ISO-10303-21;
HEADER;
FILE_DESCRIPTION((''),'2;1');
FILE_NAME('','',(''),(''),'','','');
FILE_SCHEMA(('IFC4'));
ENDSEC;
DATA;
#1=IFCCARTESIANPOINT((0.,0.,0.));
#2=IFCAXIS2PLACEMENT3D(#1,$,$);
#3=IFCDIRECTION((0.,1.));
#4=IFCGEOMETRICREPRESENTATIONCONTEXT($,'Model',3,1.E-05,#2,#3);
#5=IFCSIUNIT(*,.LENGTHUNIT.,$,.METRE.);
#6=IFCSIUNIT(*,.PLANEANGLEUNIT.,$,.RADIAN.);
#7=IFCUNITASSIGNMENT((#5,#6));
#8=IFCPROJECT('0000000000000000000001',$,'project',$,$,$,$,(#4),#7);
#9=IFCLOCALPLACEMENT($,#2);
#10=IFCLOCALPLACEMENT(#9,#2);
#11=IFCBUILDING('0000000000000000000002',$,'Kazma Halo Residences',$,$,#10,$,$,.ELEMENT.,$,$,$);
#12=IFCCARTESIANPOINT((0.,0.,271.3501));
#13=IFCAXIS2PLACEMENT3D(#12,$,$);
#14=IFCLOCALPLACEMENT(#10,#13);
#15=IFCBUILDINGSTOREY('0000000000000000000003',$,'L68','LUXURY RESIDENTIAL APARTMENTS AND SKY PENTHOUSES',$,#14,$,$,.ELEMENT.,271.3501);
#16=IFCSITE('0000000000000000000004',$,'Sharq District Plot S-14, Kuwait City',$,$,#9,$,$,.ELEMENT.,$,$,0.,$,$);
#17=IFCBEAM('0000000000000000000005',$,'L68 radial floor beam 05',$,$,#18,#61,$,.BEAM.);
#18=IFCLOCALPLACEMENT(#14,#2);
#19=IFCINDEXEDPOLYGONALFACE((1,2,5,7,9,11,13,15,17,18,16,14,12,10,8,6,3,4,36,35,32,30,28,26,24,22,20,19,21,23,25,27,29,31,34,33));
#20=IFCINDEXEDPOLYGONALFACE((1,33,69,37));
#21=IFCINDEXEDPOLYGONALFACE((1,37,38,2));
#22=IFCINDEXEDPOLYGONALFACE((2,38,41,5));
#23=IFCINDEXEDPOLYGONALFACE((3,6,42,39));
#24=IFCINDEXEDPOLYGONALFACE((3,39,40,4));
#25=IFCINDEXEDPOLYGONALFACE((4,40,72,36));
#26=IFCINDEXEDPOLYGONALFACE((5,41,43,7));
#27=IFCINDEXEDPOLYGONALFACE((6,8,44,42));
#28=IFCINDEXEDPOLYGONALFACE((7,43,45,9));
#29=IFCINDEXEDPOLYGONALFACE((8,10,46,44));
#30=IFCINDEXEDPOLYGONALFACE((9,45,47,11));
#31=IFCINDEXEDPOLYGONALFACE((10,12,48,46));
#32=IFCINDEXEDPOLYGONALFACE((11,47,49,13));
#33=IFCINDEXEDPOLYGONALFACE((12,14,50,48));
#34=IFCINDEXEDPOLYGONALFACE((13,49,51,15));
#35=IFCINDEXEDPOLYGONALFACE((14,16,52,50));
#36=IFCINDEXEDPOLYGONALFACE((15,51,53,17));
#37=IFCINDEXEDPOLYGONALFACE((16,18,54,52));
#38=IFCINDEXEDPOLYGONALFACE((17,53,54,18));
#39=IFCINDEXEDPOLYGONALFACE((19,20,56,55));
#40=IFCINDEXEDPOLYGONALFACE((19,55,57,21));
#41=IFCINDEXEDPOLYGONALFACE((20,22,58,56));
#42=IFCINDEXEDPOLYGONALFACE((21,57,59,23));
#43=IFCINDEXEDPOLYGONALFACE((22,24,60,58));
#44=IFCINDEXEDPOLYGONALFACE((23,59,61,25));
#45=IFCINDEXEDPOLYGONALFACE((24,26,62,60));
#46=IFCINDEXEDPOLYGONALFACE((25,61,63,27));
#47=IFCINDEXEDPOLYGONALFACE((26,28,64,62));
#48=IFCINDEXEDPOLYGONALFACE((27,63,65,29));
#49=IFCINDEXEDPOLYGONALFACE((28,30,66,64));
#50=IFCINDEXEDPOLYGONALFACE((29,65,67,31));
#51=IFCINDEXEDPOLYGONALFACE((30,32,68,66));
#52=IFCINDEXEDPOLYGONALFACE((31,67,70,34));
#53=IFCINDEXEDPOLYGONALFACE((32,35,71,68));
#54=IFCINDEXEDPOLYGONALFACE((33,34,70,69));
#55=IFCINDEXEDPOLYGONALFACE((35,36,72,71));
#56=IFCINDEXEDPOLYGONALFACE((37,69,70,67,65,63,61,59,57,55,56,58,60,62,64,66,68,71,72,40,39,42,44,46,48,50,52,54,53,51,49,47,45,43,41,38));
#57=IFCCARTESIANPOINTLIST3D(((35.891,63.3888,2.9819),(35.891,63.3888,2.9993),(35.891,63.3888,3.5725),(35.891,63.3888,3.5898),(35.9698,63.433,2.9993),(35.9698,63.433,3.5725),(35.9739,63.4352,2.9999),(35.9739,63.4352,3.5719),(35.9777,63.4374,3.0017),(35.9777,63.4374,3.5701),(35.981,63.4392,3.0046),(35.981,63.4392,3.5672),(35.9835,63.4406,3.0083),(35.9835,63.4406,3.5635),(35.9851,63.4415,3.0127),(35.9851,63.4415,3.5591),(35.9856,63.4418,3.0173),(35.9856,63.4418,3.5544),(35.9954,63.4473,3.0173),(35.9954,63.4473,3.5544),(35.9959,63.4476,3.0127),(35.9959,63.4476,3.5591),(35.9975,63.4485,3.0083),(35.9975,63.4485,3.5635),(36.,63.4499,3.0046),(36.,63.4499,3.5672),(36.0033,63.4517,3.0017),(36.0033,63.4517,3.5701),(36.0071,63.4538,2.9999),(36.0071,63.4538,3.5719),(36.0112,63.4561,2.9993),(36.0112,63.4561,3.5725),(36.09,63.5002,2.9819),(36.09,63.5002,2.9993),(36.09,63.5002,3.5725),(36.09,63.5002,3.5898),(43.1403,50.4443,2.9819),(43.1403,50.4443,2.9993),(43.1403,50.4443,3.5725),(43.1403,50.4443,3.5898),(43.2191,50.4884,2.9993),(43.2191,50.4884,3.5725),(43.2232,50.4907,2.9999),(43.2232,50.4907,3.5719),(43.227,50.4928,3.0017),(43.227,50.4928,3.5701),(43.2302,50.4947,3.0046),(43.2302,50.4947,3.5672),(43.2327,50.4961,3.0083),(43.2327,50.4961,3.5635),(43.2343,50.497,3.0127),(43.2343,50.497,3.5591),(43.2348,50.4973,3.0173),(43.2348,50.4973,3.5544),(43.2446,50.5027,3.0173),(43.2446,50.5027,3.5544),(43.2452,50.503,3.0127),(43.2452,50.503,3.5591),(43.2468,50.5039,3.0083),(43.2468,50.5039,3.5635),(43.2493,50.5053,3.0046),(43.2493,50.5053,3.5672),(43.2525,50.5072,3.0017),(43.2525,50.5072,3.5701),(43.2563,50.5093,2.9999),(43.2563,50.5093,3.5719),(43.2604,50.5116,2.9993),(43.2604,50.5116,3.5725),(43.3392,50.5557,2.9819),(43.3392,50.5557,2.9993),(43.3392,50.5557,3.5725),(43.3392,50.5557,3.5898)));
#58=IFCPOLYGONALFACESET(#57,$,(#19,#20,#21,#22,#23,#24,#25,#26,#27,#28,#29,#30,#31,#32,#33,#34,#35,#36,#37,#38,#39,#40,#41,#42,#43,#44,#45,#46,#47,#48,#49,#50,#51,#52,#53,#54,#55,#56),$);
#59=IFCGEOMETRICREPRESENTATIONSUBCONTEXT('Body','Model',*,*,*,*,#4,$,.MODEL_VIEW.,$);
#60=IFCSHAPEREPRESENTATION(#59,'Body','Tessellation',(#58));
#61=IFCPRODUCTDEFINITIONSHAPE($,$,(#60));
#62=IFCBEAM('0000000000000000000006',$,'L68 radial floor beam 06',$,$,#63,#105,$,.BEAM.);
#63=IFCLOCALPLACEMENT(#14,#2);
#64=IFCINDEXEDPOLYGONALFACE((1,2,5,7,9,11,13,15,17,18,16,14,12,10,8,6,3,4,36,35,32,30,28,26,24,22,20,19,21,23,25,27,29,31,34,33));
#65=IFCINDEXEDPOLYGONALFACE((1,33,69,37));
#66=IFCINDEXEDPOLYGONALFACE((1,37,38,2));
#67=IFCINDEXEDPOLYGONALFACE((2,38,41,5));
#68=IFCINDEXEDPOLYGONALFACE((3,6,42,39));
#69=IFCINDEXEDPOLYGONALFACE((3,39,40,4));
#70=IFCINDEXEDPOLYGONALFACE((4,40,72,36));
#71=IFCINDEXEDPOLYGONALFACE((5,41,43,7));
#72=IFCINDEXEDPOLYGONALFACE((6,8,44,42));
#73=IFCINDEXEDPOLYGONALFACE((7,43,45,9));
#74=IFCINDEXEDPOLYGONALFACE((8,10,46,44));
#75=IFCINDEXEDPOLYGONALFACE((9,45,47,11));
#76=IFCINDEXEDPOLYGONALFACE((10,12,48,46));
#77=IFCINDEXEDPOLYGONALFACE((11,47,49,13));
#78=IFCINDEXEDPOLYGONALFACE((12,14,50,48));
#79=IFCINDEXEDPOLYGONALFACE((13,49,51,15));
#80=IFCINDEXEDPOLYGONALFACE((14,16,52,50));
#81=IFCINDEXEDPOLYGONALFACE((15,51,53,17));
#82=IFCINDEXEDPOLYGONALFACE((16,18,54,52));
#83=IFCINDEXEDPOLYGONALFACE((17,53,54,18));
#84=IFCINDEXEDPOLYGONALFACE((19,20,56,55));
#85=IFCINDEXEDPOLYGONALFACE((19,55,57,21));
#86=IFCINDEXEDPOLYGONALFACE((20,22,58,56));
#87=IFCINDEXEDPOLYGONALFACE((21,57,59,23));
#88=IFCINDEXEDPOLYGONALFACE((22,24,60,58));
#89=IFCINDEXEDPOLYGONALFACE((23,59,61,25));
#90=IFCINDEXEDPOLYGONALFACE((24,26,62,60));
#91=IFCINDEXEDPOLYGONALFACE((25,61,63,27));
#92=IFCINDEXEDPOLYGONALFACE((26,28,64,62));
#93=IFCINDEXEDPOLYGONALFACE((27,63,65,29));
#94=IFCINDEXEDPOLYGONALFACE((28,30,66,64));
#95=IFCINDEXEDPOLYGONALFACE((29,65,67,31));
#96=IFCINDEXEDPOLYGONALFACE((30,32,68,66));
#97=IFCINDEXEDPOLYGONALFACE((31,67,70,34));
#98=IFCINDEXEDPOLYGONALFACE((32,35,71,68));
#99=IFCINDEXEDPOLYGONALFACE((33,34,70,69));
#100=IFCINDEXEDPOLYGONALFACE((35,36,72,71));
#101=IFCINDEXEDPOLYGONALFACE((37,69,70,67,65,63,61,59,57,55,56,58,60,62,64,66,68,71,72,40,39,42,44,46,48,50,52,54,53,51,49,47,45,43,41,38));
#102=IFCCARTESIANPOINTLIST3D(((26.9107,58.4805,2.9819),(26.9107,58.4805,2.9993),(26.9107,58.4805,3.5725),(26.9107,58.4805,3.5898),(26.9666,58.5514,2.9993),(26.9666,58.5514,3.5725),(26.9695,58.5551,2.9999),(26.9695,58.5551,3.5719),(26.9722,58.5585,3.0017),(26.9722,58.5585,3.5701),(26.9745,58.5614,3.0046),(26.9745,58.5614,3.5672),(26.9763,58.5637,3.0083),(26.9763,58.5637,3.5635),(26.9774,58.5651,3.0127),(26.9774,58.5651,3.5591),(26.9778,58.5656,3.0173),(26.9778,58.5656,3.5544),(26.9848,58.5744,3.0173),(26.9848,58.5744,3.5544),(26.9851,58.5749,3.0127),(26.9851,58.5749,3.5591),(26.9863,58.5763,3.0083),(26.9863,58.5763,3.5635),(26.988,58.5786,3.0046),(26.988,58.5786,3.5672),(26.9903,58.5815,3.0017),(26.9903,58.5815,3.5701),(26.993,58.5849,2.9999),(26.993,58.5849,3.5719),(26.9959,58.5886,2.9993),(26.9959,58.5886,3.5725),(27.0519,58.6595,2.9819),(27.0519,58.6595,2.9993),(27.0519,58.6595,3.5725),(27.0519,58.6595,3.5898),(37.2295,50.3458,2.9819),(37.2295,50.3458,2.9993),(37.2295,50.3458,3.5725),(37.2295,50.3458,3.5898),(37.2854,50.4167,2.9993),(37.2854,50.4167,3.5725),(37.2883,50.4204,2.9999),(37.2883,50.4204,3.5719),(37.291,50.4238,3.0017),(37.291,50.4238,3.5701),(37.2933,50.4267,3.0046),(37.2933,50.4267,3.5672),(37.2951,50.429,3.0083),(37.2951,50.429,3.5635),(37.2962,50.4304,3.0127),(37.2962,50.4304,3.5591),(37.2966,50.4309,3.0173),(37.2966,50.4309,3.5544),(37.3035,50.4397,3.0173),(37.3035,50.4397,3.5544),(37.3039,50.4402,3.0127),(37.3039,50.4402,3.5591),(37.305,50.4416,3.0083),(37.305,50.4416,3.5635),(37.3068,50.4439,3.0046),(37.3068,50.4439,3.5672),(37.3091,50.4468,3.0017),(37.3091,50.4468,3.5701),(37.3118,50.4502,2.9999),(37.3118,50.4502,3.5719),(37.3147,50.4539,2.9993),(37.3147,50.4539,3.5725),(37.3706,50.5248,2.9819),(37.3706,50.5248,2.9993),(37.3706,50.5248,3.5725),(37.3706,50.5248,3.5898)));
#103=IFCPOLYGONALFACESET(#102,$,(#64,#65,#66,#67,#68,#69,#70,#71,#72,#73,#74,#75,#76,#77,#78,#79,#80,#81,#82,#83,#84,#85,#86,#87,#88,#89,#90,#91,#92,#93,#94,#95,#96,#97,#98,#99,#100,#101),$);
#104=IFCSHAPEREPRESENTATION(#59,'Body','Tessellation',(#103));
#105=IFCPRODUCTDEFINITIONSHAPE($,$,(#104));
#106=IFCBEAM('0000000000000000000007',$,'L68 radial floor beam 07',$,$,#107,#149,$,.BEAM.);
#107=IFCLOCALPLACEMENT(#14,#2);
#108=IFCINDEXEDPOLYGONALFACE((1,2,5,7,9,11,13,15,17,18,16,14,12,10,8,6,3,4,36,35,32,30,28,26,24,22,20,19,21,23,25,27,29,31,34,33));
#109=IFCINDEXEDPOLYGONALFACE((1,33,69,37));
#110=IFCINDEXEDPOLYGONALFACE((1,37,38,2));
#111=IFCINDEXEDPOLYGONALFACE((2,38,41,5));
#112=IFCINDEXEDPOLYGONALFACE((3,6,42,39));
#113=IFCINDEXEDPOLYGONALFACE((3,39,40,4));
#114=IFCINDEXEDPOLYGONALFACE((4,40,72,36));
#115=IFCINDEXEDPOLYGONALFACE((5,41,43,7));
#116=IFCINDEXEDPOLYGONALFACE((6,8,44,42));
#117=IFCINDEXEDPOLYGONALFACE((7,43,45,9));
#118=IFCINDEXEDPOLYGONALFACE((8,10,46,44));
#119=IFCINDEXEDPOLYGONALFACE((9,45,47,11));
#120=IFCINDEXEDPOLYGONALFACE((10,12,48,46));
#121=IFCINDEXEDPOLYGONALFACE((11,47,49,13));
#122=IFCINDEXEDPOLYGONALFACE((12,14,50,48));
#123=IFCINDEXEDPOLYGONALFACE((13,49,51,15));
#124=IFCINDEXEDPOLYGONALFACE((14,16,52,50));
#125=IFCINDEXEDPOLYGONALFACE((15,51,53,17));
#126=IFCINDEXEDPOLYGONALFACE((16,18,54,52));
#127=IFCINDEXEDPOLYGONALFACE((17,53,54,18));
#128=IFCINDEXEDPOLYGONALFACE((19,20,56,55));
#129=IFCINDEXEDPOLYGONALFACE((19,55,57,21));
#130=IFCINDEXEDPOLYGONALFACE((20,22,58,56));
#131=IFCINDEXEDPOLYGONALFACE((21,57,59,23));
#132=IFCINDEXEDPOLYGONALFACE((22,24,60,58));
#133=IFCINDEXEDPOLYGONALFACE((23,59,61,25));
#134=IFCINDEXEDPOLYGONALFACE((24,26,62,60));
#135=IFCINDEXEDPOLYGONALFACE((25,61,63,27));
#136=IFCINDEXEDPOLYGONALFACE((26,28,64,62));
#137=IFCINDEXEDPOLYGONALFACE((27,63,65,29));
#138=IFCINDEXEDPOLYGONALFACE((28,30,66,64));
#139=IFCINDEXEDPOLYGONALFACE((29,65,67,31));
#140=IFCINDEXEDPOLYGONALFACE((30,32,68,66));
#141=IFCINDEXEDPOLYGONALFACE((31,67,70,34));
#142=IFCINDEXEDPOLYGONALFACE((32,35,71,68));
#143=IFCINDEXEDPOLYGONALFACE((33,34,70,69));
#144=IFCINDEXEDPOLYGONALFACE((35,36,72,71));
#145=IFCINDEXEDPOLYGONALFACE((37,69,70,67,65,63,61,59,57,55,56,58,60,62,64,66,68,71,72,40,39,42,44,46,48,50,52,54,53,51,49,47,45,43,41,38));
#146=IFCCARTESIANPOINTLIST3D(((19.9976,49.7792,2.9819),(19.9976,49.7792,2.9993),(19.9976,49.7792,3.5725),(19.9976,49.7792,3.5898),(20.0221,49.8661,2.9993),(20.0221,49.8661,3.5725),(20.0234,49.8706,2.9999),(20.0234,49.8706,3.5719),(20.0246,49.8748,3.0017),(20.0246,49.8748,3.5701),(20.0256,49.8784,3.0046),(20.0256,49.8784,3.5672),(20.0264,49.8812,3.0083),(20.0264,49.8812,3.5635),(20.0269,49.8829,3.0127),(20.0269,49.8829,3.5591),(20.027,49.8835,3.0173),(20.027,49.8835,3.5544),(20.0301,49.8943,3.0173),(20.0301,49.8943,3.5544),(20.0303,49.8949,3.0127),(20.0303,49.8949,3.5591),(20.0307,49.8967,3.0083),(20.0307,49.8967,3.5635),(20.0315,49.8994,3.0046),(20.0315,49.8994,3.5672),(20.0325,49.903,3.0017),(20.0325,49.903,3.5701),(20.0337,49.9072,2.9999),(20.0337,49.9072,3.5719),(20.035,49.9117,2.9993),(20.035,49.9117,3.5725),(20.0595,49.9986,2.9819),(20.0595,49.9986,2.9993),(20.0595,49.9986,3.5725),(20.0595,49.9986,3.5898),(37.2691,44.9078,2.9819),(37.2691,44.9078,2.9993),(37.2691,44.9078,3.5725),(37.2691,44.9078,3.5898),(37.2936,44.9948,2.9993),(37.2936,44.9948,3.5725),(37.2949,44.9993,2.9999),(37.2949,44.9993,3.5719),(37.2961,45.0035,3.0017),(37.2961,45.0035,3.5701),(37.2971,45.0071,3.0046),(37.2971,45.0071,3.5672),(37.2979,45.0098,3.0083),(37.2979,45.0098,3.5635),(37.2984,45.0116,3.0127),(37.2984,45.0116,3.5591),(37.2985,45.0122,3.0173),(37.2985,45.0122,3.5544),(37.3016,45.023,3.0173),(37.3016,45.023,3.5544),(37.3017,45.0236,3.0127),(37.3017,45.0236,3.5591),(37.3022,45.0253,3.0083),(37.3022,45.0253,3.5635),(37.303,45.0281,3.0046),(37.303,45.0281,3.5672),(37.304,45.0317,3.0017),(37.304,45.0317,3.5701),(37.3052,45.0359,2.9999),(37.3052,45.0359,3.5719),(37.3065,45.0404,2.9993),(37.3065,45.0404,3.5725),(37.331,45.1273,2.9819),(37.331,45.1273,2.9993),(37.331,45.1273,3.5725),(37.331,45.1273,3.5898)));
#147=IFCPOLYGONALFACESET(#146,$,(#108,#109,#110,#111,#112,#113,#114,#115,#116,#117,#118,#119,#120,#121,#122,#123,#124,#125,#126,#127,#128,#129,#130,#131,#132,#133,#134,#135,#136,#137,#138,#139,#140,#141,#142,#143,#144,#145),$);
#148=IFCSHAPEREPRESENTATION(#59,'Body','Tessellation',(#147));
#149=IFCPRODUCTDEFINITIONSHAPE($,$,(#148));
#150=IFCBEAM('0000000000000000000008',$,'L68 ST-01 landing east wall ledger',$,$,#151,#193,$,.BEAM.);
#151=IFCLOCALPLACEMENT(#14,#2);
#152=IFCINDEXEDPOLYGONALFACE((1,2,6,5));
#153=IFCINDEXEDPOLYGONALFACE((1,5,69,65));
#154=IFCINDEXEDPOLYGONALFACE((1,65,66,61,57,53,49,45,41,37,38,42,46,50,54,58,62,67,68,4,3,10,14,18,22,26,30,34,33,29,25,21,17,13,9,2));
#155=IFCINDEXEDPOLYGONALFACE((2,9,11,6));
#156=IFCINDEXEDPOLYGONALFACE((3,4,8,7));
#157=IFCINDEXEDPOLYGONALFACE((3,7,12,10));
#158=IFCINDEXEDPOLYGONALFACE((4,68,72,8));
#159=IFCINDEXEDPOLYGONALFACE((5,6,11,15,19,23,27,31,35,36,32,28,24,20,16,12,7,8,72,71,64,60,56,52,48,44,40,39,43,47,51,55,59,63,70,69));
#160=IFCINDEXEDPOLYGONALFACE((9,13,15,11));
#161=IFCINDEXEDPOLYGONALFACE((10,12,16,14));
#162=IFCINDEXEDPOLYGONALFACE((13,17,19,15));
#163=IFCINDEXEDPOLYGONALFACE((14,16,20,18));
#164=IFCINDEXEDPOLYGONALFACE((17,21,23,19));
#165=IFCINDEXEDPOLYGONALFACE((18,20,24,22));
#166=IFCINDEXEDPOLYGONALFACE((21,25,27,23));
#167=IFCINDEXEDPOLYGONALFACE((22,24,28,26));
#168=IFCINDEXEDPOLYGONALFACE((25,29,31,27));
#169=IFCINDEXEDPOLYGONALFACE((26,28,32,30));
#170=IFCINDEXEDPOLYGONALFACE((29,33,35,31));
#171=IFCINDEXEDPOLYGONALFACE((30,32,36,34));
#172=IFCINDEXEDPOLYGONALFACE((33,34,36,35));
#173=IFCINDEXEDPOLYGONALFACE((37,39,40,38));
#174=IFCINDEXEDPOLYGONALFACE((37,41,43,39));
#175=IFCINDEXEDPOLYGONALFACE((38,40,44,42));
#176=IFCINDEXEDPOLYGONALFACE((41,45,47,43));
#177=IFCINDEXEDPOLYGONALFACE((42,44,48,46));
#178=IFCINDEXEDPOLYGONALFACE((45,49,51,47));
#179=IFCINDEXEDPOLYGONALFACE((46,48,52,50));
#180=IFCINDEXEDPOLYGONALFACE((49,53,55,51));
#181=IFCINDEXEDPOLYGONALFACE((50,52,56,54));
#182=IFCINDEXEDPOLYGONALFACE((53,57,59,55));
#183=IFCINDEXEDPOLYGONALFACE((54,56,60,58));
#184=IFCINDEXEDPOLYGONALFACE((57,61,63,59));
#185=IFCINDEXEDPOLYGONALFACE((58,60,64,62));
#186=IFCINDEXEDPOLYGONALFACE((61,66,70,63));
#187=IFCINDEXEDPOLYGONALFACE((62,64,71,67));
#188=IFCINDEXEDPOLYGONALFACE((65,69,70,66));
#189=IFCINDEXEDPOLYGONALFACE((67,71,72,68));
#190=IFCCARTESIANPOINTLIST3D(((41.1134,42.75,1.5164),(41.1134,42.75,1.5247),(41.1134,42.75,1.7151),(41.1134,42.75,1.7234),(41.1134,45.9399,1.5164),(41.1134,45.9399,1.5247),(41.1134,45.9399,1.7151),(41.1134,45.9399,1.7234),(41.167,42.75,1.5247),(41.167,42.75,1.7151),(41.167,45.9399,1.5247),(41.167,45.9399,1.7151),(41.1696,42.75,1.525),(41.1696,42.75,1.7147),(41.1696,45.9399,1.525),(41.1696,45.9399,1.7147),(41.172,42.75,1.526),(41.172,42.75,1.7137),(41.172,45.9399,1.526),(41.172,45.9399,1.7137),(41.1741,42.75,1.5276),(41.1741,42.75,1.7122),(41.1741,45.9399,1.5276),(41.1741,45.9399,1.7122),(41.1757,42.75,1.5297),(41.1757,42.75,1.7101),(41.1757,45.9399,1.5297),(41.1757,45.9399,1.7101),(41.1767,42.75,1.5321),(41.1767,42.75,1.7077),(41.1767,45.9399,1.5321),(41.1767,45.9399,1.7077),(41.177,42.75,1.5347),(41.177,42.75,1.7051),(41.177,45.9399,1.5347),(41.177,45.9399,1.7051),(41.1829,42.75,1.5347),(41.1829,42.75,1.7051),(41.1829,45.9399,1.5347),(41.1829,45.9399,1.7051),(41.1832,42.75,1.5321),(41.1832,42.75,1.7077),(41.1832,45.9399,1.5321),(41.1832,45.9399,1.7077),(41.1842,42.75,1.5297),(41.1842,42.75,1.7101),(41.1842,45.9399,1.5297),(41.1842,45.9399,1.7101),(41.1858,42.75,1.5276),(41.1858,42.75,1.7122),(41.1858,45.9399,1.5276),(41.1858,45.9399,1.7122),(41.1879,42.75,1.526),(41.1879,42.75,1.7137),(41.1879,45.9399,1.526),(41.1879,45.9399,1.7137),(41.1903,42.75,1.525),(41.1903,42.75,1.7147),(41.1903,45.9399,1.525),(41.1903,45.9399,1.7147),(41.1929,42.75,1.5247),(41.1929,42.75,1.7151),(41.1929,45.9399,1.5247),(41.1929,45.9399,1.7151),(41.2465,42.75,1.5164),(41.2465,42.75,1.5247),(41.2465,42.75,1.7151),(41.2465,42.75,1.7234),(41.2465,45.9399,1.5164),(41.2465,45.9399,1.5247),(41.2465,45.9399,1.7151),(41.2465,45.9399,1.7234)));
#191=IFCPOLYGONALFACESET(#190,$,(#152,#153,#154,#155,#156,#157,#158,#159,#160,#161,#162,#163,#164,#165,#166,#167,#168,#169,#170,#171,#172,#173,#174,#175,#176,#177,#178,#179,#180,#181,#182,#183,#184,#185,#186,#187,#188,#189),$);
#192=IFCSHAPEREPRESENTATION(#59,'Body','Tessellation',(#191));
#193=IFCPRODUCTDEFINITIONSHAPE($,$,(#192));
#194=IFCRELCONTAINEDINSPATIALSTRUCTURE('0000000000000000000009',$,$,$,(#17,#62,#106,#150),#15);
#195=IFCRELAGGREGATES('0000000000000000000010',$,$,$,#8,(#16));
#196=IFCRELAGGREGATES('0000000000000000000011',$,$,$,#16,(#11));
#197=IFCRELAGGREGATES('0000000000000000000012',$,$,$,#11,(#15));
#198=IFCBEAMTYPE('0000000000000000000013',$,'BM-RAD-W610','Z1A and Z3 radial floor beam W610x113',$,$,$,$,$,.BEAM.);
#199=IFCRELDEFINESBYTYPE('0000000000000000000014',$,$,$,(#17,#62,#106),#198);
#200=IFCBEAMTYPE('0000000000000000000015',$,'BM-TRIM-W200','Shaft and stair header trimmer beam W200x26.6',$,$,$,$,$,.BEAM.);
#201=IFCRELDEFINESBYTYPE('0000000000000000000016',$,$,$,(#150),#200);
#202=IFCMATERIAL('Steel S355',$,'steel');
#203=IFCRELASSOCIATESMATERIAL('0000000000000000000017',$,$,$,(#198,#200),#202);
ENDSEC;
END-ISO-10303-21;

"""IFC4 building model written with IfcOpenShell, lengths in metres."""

from ifc_helpers import new_model, si_unit, direction, frame, origin, origin_2d, place, context, subcontext, project, spatial, i_section, extrude, material, material_profile, profile_set, type_object, element, save


model = new_model("IFC4")

# Units and contexts
model_context = context("Model", 3, precision=1e-05, world=origin(), true_north=direction((0.0, 1.0)))
body_context = subcontext(model_context, "Body", "Model", "MODEL_VIEW")
ifc_project = project(units=[si_unit("LENGTHUNIT", "METRE"), si_unit("PLANEANGLEUNIT", "RADIAN")], contexts=[model_context])

# Site, building, storey
site_placement = place(None, origin())
site = spatial("IfcSite", under=ifc_project, at=site_placement, Name="Sharq District Plot S-14, Kuwait City", CompositionType="ELEMENT", RefElevation=0.0)
building_placement = place(site_placement, origin())
building = spatial("IfcBuilding", under=site, at=building_placement, Name="Kazma Halo Residences", CompositionType="ELEMENT")
storey_placement = place(building_placement, frame((0.0, 0.0, 271.3501)))
storey = spatial("IfcBuildingStorey", under=building, at=storey_placement, Name="L68", Description="LUXURY RESIDENTIAL APARTMENTS AND SKY PENTHOUSES", CompositionType="ELEMENT", Elevation=271.3501)

# Shared definitions
ifc_material_1 = material(Name="Steel S355", Category="steel")

# Beams
ifc_material_profile_1 = material_profile(ifc_material_1, i_section(OverallWidth=0.228, OverallDepth=0.6079, WebThickness=0.0112, FlangeThickness=0.0173, FilletRadius=0.0181, at=origin_2d()), Name="W610x113")
ifc_profile_set_1 = profile_set([ifc_material_profile_1], Name="Steel S355")
beam_type_1 = type_object("IfcBeamType", Name="BM-RAD-W610", Description="Z1A and Z3 radial floor beam W610x113", PredefinedType="BEAM", material=ifc_profile_set_1)
beam_1_placement = place(storey_placement, frame((43.2397, 50.5, 3.2859), z_axis=(-0.488619, 0.872497, 0.0), x_axis=(-0.872497, -0.488619, 0.0)))
element("IfcBeam", 1, at=beam_1_placement, inside=storey, type_object=beam_type_1, Name="L68 radial floor beam 05", PredefinedType="BEAM", context=body_context, shape_type="SweptSolid", body=[
    extrude(i_section(OverallWidth=0.228, OverallDepth=0.6079, WebThickness=0.0112, FlangeThickness=0.0173, FilletRadius=0.0181, at=origin_2d()), origin(), (0.0, 0.0, 1.0), 14.8362),
])
beam_2_placement = place(storey_placement, frame((37.3, 50.4353, 3.2859), z_axis=(-0.785315, 0.619096, 0.0), x_axis=(-0.619096, -0.785315, 0.0)))
element("IfcBeam", 2, at=beam_2_placement, inside=storey, type_object=beam_type_1, Name="L68 radial floor beam 06", PredefinedType="BEAM", context=body_context, shape_type="SweptSolid", body=[
    extrude(i_section(OverallWidth=0.228, OverallDepth=0.6079, WebThickness=0.0112, FlangeThickness=0.0173, FilletRadius=0.0181, at=origin_2d()), origin(), (0.0, 0.0, 1.0), 13.1396),
])
beam_3_placement = place(storey_placement, frame((37.3, 45.0176, 3.2859), z_axis=(-0.962451, 0.271455, 0.0), x_axis=(-0.271455, -0.962451, 0.0)))
element("IfcBeam", 3, at=beam_3_placement, inside=storey, type_object=beam_type_1, Name="L68 radial floor beam 07", PredefinedType="BEAM", context=body_context, shape_type="SweptSolid", body=[
    extrude(i_section(OverallWidth=0.228, OverallDepth=0.6079, WebThickness=0.0112, FlangeThickness=0.0173, FilletRadius=0.0181, at=origin_2d()), origin(), (0.0, 0.0, 1.0), 17.9453),
])
ifc_material_profile_2 = material_profile(ifc_material_1, i_section(OverallWidth=0.1331, OverallDepth=0.207, WebThickness=0.0059, FlangeThickness=0.0083, FilletRadius=0.01, at=origin_2d()), Name="W200x26.6")
ifc_profile_set_2 = profile_set([ifc_material_profile_2], Name="Steel S355")
beam_type_2 = type_object("IfcBeamType", Name="BM-TRIM-W200", Description="Shaft and stair header trimmer beam W200x26.6", PredefinedType="BEAM", material=ifc_profile_set_2)
beam_4_placement = place(storey_placement, frame((41.1799, 42.75, 1.6199), z_axis=(0.0, 1.0, 0.0), x_axis=(-1.0, 0.0, 0.0)))
element("IfcBeam", 4, at=beam_4_placement, inside=storey, type_object=beam_type_2, Name="L68 ST-01 landing east wall ledger", PredefinedType="BEAM", context=body_context, shape_type="SweptSolid", body=[
    extrude(i_section(OverallWidth=0.1331, OverallDepth=0.207, WebThickness=0.0059, FlangeThickness=0.0083, FilletRadius=0.01, at=origin_2d()), origin(), (0.0, 0.0, 1.0), 3.1899),
])

save(model, "model.ifc")
